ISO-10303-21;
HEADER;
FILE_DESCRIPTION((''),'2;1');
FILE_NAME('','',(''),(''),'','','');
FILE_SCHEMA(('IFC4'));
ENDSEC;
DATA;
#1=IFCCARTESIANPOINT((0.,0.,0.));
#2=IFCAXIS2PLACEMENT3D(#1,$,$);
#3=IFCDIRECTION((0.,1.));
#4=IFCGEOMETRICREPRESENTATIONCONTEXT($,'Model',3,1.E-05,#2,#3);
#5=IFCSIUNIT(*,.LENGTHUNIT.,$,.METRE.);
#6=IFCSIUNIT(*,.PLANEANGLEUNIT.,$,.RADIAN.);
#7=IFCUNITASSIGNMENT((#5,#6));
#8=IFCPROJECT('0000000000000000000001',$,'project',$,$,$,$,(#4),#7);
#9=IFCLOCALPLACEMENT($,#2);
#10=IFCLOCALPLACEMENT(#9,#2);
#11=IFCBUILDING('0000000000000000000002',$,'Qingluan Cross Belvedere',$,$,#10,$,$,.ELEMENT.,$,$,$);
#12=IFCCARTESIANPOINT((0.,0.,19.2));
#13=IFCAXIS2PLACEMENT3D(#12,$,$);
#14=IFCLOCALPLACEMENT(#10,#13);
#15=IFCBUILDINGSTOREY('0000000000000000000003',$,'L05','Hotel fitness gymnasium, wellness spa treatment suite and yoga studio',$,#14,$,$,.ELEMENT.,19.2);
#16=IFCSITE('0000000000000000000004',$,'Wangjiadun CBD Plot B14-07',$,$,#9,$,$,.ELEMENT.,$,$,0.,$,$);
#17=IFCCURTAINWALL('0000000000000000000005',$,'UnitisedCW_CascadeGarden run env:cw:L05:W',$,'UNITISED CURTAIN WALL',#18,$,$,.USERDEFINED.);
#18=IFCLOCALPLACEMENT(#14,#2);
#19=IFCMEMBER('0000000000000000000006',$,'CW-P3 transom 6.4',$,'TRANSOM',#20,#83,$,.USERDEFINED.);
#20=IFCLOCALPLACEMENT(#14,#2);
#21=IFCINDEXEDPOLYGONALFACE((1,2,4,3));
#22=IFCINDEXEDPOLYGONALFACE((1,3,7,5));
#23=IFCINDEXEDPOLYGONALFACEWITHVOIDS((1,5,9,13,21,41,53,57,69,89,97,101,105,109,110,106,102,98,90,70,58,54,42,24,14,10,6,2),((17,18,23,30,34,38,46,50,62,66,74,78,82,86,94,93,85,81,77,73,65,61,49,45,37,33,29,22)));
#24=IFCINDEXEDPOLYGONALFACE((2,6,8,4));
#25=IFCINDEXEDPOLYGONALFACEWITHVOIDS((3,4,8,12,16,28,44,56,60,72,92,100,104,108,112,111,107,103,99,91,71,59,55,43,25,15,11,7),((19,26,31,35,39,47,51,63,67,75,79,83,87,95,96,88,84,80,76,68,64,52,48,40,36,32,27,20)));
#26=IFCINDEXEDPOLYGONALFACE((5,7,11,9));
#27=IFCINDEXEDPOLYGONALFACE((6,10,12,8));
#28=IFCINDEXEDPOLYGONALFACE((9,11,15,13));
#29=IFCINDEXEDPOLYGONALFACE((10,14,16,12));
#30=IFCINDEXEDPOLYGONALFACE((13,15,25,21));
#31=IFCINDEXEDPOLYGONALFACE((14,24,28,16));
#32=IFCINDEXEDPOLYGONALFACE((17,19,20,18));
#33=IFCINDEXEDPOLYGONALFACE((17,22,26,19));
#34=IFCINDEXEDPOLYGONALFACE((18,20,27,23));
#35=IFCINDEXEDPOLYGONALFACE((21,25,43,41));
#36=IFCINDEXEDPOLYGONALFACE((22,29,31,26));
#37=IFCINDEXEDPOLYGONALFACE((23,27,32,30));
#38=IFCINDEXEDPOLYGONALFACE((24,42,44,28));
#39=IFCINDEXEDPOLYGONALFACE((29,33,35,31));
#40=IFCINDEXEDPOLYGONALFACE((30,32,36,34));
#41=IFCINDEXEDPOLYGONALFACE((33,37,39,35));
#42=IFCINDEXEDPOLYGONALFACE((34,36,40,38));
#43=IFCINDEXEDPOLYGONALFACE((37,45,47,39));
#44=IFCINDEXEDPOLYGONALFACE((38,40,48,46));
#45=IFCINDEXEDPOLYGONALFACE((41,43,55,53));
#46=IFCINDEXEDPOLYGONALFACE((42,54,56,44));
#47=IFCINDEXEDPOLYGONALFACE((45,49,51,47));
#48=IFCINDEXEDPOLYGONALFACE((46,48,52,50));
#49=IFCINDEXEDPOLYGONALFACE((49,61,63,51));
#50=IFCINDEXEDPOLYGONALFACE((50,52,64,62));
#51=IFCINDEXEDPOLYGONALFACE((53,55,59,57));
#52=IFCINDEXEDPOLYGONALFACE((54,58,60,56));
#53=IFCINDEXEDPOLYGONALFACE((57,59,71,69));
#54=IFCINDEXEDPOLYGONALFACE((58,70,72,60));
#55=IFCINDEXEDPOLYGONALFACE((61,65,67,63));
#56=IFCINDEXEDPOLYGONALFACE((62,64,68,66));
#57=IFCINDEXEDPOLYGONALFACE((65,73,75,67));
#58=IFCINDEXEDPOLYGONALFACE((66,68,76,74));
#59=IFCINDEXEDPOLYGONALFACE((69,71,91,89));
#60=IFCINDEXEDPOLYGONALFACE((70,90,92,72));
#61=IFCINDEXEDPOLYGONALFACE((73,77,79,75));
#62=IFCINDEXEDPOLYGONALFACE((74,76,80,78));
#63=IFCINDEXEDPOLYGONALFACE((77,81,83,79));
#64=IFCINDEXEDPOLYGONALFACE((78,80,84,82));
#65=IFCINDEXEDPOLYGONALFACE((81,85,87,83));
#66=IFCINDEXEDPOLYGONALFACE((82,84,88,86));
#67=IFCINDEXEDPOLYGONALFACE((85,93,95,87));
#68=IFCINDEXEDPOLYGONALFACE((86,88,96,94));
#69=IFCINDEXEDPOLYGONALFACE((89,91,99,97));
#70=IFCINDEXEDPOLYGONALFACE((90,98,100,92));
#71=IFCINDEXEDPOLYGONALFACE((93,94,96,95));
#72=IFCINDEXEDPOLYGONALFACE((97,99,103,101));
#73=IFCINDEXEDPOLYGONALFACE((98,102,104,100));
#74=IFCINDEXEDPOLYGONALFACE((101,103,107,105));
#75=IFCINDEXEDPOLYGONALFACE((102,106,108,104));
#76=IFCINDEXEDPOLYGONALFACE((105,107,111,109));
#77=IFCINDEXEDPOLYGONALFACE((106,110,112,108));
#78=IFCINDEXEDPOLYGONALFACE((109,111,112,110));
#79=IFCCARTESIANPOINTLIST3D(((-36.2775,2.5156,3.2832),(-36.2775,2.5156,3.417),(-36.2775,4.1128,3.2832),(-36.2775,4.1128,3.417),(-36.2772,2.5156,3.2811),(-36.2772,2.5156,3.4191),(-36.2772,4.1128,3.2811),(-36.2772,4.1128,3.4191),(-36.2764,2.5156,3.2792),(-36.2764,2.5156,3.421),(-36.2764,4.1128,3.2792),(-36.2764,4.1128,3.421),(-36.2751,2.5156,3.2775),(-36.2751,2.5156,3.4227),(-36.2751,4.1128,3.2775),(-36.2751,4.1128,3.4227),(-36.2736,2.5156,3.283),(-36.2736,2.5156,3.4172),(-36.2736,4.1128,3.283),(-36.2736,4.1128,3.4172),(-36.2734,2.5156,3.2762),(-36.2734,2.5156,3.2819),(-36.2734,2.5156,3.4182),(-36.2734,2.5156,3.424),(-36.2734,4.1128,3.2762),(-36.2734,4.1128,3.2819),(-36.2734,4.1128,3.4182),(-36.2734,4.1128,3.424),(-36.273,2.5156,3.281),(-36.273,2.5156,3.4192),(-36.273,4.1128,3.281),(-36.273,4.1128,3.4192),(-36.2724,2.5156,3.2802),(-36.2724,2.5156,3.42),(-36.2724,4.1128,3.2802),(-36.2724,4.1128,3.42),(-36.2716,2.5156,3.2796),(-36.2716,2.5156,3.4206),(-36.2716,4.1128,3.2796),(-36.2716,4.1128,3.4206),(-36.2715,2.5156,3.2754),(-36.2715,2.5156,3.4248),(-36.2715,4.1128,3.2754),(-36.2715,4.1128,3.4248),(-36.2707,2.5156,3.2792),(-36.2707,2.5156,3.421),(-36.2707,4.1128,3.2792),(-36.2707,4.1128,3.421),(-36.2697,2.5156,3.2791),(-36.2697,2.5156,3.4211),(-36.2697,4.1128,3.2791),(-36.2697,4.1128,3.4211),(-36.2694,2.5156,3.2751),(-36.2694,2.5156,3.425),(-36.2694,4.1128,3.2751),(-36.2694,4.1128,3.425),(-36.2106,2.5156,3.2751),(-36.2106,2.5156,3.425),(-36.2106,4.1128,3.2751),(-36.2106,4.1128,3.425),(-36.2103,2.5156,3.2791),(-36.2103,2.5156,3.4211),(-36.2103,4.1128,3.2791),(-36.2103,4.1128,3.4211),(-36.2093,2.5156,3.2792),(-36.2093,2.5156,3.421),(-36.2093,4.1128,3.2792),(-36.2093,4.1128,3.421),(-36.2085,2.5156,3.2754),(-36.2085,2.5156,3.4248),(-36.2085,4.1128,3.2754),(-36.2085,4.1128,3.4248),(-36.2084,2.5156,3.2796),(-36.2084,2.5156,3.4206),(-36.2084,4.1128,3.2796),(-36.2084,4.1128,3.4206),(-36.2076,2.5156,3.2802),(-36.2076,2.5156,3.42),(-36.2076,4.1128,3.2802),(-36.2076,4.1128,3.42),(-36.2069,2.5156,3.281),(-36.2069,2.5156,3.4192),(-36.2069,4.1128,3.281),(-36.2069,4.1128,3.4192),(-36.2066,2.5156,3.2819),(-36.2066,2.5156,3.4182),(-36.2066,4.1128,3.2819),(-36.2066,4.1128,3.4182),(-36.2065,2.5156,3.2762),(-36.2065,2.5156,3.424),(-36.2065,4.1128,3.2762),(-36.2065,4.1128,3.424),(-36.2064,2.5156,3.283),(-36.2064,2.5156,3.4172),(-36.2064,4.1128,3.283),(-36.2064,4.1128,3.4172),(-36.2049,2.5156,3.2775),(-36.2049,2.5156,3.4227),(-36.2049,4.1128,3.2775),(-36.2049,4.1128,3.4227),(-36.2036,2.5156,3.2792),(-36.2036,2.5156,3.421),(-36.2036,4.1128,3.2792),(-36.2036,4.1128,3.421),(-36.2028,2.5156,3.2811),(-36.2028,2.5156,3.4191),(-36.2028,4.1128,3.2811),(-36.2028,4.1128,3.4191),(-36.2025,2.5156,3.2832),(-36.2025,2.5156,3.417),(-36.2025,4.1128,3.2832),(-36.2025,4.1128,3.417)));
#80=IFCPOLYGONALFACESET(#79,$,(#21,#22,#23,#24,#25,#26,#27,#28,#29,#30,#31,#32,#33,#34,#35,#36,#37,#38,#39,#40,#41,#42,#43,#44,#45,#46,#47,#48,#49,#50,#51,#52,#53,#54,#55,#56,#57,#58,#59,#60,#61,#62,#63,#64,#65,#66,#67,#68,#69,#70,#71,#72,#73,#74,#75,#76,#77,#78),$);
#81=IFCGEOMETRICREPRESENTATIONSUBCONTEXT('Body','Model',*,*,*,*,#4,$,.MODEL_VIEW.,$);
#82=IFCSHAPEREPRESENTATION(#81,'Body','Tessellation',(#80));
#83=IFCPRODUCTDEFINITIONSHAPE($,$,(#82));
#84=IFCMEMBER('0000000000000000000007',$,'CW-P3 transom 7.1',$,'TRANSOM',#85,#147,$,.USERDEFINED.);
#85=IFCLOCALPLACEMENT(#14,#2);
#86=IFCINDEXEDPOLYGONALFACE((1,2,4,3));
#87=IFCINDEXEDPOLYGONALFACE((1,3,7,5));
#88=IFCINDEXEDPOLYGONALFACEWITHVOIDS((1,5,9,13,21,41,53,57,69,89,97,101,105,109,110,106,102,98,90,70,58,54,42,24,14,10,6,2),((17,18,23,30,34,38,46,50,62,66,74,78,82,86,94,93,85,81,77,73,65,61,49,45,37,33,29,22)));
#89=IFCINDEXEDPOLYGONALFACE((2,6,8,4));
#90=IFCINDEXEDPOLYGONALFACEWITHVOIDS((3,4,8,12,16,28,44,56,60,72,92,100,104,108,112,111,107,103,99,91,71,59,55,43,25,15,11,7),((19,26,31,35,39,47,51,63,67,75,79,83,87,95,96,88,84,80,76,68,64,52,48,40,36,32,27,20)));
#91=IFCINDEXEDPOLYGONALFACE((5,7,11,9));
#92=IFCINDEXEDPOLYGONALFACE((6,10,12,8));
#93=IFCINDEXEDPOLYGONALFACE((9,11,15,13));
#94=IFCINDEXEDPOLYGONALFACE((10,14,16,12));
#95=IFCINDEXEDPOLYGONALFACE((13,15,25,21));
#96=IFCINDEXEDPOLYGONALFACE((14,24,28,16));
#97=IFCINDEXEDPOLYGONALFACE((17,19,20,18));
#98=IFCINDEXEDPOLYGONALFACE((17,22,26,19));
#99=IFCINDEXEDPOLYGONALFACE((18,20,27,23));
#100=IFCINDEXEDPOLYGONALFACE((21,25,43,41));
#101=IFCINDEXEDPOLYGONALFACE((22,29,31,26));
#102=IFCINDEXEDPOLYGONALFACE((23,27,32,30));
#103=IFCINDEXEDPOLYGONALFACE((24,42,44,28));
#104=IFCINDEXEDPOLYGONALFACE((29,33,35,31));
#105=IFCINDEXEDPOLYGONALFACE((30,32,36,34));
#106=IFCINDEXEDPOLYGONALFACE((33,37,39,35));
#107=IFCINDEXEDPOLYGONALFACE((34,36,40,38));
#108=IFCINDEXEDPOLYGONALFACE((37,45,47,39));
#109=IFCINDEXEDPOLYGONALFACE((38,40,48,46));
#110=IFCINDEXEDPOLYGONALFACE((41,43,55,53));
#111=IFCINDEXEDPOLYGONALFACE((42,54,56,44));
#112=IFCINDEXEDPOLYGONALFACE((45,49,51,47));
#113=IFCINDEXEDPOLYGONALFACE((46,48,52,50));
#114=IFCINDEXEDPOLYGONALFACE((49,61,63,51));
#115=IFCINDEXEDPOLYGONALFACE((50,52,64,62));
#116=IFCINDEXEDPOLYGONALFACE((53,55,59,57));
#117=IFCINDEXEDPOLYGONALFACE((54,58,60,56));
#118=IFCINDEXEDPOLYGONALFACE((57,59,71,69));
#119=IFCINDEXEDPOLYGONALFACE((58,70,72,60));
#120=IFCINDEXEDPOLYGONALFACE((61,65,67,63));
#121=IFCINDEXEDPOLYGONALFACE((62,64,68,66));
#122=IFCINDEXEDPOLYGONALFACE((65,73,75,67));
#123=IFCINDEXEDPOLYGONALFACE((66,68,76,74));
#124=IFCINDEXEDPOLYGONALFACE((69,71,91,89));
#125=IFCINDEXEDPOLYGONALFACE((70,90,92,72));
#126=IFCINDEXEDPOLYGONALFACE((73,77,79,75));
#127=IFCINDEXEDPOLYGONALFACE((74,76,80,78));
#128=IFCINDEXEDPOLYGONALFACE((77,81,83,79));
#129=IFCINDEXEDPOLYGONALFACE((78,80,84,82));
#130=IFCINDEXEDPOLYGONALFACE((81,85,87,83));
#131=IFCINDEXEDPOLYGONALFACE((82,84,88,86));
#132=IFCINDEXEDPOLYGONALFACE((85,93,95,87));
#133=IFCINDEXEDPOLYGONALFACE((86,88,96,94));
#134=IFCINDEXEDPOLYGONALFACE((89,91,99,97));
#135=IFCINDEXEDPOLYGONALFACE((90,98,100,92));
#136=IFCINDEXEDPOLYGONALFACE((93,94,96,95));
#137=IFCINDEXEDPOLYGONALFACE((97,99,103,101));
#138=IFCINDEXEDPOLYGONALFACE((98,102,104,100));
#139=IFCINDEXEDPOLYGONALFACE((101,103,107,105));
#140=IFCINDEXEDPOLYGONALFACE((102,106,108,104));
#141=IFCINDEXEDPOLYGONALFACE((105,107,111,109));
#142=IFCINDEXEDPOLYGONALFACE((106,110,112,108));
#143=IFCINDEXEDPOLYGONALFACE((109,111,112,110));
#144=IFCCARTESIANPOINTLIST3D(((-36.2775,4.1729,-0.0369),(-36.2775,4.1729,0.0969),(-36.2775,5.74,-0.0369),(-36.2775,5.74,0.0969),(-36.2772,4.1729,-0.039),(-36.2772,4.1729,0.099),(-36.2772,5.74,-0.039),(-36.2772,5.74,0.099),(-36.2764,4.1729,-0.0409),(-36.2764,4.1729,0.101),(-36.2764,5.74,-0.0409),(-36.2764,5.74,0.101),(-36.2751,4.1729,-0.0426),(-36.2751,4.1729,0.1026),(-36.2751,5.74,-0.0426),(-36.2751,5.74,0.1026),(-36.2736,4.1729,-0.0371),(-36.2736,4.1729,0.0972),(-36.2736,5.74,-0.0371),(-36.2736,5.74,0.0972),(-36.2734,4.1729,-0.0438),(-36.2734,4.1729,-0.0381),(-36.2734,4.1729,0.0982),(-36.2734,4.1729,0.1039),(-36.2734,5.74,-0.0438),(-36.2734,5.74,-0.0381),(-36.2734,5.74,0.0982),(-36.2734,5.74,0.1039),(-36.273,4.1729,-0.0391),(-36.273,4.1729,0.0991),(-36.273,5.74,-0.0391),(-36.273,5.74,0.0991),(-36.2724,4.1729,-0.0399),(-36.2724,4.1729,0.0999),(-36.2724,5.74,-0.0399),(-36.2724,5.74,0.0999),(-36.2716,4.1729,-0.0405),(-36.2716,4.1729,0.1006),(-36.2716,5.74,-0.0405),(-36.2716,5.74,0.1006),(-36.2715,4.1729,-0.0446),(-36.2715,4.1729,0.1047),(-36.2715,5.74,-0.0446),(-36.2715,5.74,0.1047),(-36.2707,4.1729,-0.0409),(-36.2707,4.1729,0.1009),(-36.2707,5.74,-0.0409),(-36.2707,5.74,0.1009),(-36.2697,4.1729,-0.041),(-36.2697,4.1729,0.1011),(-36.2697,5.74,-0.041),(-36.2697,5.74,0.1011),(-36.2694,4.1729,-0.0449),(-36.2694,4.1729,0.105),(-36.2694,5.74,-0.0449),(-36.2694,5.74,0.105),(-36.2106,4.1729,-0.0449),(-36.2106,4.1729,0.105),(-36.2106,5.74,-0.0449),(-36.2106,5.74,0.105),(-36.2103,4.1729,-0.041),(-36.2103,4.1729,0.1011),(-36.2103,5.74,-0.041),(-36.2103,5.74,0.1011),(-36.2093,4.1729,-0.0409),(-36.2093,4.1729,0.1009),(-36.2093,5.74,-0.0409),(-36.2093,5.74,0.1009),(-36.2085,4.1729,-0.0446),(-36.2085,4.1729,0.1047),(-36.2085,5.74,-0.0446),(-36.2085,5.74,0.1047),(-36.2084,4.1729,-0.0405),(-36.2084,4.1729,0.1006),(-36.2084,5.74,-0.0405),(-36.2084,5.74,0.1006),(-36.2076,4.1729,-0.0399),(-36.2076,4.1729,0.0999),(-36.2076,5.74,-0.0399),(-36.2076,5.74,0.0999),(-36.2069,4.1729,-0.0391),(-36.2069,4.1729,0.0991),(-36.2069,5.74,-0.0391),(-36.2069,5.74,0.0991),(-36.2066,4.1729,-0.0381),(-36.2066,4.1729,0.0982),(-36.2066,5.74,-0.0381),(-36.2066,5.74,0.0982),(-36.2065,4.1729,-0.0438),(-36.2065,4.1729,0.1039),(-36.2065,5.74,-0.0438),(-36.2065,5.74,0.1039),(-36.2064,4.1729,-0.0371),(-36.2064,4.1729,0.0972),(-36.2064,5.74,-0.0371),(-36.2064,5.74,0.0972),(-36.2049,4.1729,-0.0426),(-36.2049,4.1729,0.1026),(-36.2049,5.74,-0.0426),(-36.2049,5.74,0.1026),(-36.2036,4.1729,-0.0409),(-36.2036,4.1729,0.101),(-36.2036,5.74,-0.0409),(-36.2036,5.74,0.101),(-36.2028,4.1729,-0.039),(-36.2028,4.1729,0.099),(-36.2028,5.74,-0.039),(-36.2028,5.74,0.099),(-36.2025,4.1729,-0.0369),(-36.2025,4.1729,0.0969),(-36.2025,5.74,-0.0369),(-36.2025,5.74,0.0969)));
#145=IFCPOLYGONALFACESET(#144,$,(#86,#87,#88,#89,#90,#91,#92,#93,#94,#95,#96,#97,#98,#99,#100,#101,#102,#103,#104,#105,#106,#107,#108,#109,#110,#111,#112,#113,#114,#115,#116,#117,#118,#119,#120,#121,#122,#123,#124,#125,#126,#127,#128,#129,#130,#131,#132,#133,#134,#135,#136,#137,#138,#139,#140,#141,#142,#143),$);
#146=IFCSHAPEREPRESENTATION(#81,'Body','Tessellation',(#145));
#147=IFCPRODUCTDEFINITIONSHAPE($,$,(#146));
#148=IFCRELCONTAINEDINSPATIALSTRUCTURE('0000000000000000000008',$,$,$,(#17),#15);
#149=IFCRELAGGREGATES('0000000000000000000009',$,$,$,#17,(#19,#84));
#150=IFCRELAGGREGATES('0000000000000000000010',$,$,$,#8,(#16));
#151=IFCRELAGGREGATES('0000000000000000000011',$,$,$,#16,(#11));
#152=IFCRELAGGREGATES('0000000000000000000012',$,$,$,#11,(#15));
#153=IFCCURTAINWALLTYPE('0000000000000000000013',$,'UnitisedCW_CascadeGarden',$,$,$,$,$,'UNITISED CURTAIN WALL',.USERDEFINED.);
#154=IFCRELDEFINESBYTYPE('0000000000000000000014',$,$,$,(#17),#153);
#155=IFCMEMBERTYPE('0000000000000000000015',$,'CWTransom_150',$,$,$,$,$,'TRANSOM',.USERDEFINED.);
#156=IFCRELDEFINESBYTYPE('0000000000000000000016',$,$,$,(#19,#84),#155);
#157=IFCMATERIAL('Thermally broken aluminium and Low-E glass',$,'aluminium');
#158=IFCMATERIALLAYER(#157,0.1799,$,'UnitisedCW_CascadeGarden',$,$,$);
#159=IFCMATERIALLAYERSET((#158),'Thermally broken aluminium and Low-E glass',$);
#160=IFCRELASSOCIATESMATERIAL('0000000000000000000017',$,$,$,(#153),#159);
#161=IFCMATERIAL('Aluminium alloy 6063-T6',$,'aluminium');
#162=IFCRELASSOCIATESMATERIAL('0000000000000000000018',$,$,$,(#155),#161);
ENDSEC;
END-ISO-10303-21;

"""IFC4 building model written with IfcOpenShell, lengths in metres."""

from ifc_helpers import new_model, si_unit, direction, frame, origin, origin_2d, place, context, subcontext, project, spatial, hollow_rectangle, extrude, material, layer, layer_set, material_profile, profile_set, type_object, element, aggregate, save


model = new_model("IFC4")

# Units and contexts
model_context = context("Model", 3, precision=1e-05, world=origin(), true_north=direction((0.0, 1.0)))
body_context = subcontext(model_context, "Body", "Model", "MODEL_VIEW")
ifc_project = project(units=[si_unit("LENGTHUNIT", "METRE"), si_unit("PLANEANGLEUNIT", "RADIAN")], contexts=[model_context])

# Site, building, storey
site_placement = place(None, origin())
site = spatial("IfcSite", under=ifc_project, at=site_placement, Name="Wangjiadun CBD Plot B14-07", CompositionType="ELEMENT", RefElevation=0.0)
building_placement = place(site_placement, origin())
building = spatial("IfcBuilding", under=site, at=building_placement, Name="Qingluan Cross Belvedere", CompositionType="ELEMENT")
storey_placement = place(building_placement, frame((0.0, 0.0, 19.2)))
storey = spatial("IfcBuildingStorey", under=building, at=storey_placement, Name="L05", Description="Hotel fitness gymnasium, wellness spa treatment suite and yoga studio", CompositionType="ELEMENT", Elevation=19.2)

# Curtain wall, members
ifc_material_1 = material(Name="Thermally broken aluminium and Low-E glass", Category="aluminium")
ifc_layer_1 = layer(ifc_material_1, 0.1799, Name="UnitisedCW_CascadeGarden")
ifc_layer_set_1 = layer_set([ifc_layer_1], Name="Thermally broken aluminium and Low-E glass")
curtain_wall_type = type_object("IfcCurtainWallType", Name="UnitisedCW_CascadeGarden", ElementType="UNITISED CURTAIN WALL", PredefinedType="USERDEFINED", material=ifc_layer_set_1)
curtain_wall_placement = place(storey_placement, origin())
curtain_wall = element("IfcCurtainWall", 1, at=curtain_wall_placement, inside=storey, type_object=curtain_wall_type, Name="UnitisedCW_CascadeGarden run env:cw:L05:W", ObjectType="UNITISED CURTAIN WALL", PredefinedType="USERDEFINED")
ifc_material_2 = material(Name="Aluminium alloy 6063-T6", Category="aluminium")
ifc_material_profile_1 = material_profile(ifc_material_2, hollow_rectangle(XDim=0.075, YDim=0.1499, WallThickness=0.0039, InnerFilletRadius=0.0039, OuterFilletRadius=0.0081, at=origin_2d()), Name="CWT150x75x4")
ifc_profile_set_1 = profile_set([ifc_material_profile_1], Name="Aluminium alloy 6063-T6")
member_type_1 = type_object("IfcMemberType", Name="CWTransom_150", ElementType="TRANSOM", PredefinedType="USERDEFINED", material=ifc_profile_set_1)
member_1_placement = place(storey_placement, frame((-36.24, 2.5156, 3.3501), z_axis=(0.0, 1.0, 0.0), x_axis=(-1.0, 0.0, 0.0)))
member_1 = element("IfcMember", 2, at=member_1_placement, type_object=member_type_1, Name="CW-P3 transom 6.4", ObjectType="TRANSOM", PredefinedType="USERDEFINED", context=body_context, shape_type="SweptSolid", body=[
    extrude(hollow_rectangle(XDim=0.075, YDim=0.1499, WallThickness=0.0039, InnerFilletRadius=0.0039, OuterFilletRadius=0.0081, at=origin_2d()), origin(), (0.0, 0.0, 1.0), 1.5972),
])
member_2_placement = place(storey_placement, frame((-36.24, 4.1729, 0.03), z_axis=(0.0, 1.0, 0.0), x_axis=(-1.0, 0.0, 0.0)))
member_2 = element("IfcMember", 3, at=member_2_placement, type_object=member_type_1, Name="CW-P3 transom 7.1", ObjectType="TRANSOM", PredefinedType="USERDEFINED", context=body_context, shape_type="SweptSolid", body=[
    extrude(hollow_rectangle(XDim=0.075, YDim=0.1499, WallThickness=0.0039, InnerFilletRadius=0.0039, OuterFilletRadius=0.0081, at=origin_2d()), origin(), (0.0, 0.0, 1.0), 1.5671),
])

aggregate(curtain_wall, [member_1, member_2])

save(model, "model.ifc")
